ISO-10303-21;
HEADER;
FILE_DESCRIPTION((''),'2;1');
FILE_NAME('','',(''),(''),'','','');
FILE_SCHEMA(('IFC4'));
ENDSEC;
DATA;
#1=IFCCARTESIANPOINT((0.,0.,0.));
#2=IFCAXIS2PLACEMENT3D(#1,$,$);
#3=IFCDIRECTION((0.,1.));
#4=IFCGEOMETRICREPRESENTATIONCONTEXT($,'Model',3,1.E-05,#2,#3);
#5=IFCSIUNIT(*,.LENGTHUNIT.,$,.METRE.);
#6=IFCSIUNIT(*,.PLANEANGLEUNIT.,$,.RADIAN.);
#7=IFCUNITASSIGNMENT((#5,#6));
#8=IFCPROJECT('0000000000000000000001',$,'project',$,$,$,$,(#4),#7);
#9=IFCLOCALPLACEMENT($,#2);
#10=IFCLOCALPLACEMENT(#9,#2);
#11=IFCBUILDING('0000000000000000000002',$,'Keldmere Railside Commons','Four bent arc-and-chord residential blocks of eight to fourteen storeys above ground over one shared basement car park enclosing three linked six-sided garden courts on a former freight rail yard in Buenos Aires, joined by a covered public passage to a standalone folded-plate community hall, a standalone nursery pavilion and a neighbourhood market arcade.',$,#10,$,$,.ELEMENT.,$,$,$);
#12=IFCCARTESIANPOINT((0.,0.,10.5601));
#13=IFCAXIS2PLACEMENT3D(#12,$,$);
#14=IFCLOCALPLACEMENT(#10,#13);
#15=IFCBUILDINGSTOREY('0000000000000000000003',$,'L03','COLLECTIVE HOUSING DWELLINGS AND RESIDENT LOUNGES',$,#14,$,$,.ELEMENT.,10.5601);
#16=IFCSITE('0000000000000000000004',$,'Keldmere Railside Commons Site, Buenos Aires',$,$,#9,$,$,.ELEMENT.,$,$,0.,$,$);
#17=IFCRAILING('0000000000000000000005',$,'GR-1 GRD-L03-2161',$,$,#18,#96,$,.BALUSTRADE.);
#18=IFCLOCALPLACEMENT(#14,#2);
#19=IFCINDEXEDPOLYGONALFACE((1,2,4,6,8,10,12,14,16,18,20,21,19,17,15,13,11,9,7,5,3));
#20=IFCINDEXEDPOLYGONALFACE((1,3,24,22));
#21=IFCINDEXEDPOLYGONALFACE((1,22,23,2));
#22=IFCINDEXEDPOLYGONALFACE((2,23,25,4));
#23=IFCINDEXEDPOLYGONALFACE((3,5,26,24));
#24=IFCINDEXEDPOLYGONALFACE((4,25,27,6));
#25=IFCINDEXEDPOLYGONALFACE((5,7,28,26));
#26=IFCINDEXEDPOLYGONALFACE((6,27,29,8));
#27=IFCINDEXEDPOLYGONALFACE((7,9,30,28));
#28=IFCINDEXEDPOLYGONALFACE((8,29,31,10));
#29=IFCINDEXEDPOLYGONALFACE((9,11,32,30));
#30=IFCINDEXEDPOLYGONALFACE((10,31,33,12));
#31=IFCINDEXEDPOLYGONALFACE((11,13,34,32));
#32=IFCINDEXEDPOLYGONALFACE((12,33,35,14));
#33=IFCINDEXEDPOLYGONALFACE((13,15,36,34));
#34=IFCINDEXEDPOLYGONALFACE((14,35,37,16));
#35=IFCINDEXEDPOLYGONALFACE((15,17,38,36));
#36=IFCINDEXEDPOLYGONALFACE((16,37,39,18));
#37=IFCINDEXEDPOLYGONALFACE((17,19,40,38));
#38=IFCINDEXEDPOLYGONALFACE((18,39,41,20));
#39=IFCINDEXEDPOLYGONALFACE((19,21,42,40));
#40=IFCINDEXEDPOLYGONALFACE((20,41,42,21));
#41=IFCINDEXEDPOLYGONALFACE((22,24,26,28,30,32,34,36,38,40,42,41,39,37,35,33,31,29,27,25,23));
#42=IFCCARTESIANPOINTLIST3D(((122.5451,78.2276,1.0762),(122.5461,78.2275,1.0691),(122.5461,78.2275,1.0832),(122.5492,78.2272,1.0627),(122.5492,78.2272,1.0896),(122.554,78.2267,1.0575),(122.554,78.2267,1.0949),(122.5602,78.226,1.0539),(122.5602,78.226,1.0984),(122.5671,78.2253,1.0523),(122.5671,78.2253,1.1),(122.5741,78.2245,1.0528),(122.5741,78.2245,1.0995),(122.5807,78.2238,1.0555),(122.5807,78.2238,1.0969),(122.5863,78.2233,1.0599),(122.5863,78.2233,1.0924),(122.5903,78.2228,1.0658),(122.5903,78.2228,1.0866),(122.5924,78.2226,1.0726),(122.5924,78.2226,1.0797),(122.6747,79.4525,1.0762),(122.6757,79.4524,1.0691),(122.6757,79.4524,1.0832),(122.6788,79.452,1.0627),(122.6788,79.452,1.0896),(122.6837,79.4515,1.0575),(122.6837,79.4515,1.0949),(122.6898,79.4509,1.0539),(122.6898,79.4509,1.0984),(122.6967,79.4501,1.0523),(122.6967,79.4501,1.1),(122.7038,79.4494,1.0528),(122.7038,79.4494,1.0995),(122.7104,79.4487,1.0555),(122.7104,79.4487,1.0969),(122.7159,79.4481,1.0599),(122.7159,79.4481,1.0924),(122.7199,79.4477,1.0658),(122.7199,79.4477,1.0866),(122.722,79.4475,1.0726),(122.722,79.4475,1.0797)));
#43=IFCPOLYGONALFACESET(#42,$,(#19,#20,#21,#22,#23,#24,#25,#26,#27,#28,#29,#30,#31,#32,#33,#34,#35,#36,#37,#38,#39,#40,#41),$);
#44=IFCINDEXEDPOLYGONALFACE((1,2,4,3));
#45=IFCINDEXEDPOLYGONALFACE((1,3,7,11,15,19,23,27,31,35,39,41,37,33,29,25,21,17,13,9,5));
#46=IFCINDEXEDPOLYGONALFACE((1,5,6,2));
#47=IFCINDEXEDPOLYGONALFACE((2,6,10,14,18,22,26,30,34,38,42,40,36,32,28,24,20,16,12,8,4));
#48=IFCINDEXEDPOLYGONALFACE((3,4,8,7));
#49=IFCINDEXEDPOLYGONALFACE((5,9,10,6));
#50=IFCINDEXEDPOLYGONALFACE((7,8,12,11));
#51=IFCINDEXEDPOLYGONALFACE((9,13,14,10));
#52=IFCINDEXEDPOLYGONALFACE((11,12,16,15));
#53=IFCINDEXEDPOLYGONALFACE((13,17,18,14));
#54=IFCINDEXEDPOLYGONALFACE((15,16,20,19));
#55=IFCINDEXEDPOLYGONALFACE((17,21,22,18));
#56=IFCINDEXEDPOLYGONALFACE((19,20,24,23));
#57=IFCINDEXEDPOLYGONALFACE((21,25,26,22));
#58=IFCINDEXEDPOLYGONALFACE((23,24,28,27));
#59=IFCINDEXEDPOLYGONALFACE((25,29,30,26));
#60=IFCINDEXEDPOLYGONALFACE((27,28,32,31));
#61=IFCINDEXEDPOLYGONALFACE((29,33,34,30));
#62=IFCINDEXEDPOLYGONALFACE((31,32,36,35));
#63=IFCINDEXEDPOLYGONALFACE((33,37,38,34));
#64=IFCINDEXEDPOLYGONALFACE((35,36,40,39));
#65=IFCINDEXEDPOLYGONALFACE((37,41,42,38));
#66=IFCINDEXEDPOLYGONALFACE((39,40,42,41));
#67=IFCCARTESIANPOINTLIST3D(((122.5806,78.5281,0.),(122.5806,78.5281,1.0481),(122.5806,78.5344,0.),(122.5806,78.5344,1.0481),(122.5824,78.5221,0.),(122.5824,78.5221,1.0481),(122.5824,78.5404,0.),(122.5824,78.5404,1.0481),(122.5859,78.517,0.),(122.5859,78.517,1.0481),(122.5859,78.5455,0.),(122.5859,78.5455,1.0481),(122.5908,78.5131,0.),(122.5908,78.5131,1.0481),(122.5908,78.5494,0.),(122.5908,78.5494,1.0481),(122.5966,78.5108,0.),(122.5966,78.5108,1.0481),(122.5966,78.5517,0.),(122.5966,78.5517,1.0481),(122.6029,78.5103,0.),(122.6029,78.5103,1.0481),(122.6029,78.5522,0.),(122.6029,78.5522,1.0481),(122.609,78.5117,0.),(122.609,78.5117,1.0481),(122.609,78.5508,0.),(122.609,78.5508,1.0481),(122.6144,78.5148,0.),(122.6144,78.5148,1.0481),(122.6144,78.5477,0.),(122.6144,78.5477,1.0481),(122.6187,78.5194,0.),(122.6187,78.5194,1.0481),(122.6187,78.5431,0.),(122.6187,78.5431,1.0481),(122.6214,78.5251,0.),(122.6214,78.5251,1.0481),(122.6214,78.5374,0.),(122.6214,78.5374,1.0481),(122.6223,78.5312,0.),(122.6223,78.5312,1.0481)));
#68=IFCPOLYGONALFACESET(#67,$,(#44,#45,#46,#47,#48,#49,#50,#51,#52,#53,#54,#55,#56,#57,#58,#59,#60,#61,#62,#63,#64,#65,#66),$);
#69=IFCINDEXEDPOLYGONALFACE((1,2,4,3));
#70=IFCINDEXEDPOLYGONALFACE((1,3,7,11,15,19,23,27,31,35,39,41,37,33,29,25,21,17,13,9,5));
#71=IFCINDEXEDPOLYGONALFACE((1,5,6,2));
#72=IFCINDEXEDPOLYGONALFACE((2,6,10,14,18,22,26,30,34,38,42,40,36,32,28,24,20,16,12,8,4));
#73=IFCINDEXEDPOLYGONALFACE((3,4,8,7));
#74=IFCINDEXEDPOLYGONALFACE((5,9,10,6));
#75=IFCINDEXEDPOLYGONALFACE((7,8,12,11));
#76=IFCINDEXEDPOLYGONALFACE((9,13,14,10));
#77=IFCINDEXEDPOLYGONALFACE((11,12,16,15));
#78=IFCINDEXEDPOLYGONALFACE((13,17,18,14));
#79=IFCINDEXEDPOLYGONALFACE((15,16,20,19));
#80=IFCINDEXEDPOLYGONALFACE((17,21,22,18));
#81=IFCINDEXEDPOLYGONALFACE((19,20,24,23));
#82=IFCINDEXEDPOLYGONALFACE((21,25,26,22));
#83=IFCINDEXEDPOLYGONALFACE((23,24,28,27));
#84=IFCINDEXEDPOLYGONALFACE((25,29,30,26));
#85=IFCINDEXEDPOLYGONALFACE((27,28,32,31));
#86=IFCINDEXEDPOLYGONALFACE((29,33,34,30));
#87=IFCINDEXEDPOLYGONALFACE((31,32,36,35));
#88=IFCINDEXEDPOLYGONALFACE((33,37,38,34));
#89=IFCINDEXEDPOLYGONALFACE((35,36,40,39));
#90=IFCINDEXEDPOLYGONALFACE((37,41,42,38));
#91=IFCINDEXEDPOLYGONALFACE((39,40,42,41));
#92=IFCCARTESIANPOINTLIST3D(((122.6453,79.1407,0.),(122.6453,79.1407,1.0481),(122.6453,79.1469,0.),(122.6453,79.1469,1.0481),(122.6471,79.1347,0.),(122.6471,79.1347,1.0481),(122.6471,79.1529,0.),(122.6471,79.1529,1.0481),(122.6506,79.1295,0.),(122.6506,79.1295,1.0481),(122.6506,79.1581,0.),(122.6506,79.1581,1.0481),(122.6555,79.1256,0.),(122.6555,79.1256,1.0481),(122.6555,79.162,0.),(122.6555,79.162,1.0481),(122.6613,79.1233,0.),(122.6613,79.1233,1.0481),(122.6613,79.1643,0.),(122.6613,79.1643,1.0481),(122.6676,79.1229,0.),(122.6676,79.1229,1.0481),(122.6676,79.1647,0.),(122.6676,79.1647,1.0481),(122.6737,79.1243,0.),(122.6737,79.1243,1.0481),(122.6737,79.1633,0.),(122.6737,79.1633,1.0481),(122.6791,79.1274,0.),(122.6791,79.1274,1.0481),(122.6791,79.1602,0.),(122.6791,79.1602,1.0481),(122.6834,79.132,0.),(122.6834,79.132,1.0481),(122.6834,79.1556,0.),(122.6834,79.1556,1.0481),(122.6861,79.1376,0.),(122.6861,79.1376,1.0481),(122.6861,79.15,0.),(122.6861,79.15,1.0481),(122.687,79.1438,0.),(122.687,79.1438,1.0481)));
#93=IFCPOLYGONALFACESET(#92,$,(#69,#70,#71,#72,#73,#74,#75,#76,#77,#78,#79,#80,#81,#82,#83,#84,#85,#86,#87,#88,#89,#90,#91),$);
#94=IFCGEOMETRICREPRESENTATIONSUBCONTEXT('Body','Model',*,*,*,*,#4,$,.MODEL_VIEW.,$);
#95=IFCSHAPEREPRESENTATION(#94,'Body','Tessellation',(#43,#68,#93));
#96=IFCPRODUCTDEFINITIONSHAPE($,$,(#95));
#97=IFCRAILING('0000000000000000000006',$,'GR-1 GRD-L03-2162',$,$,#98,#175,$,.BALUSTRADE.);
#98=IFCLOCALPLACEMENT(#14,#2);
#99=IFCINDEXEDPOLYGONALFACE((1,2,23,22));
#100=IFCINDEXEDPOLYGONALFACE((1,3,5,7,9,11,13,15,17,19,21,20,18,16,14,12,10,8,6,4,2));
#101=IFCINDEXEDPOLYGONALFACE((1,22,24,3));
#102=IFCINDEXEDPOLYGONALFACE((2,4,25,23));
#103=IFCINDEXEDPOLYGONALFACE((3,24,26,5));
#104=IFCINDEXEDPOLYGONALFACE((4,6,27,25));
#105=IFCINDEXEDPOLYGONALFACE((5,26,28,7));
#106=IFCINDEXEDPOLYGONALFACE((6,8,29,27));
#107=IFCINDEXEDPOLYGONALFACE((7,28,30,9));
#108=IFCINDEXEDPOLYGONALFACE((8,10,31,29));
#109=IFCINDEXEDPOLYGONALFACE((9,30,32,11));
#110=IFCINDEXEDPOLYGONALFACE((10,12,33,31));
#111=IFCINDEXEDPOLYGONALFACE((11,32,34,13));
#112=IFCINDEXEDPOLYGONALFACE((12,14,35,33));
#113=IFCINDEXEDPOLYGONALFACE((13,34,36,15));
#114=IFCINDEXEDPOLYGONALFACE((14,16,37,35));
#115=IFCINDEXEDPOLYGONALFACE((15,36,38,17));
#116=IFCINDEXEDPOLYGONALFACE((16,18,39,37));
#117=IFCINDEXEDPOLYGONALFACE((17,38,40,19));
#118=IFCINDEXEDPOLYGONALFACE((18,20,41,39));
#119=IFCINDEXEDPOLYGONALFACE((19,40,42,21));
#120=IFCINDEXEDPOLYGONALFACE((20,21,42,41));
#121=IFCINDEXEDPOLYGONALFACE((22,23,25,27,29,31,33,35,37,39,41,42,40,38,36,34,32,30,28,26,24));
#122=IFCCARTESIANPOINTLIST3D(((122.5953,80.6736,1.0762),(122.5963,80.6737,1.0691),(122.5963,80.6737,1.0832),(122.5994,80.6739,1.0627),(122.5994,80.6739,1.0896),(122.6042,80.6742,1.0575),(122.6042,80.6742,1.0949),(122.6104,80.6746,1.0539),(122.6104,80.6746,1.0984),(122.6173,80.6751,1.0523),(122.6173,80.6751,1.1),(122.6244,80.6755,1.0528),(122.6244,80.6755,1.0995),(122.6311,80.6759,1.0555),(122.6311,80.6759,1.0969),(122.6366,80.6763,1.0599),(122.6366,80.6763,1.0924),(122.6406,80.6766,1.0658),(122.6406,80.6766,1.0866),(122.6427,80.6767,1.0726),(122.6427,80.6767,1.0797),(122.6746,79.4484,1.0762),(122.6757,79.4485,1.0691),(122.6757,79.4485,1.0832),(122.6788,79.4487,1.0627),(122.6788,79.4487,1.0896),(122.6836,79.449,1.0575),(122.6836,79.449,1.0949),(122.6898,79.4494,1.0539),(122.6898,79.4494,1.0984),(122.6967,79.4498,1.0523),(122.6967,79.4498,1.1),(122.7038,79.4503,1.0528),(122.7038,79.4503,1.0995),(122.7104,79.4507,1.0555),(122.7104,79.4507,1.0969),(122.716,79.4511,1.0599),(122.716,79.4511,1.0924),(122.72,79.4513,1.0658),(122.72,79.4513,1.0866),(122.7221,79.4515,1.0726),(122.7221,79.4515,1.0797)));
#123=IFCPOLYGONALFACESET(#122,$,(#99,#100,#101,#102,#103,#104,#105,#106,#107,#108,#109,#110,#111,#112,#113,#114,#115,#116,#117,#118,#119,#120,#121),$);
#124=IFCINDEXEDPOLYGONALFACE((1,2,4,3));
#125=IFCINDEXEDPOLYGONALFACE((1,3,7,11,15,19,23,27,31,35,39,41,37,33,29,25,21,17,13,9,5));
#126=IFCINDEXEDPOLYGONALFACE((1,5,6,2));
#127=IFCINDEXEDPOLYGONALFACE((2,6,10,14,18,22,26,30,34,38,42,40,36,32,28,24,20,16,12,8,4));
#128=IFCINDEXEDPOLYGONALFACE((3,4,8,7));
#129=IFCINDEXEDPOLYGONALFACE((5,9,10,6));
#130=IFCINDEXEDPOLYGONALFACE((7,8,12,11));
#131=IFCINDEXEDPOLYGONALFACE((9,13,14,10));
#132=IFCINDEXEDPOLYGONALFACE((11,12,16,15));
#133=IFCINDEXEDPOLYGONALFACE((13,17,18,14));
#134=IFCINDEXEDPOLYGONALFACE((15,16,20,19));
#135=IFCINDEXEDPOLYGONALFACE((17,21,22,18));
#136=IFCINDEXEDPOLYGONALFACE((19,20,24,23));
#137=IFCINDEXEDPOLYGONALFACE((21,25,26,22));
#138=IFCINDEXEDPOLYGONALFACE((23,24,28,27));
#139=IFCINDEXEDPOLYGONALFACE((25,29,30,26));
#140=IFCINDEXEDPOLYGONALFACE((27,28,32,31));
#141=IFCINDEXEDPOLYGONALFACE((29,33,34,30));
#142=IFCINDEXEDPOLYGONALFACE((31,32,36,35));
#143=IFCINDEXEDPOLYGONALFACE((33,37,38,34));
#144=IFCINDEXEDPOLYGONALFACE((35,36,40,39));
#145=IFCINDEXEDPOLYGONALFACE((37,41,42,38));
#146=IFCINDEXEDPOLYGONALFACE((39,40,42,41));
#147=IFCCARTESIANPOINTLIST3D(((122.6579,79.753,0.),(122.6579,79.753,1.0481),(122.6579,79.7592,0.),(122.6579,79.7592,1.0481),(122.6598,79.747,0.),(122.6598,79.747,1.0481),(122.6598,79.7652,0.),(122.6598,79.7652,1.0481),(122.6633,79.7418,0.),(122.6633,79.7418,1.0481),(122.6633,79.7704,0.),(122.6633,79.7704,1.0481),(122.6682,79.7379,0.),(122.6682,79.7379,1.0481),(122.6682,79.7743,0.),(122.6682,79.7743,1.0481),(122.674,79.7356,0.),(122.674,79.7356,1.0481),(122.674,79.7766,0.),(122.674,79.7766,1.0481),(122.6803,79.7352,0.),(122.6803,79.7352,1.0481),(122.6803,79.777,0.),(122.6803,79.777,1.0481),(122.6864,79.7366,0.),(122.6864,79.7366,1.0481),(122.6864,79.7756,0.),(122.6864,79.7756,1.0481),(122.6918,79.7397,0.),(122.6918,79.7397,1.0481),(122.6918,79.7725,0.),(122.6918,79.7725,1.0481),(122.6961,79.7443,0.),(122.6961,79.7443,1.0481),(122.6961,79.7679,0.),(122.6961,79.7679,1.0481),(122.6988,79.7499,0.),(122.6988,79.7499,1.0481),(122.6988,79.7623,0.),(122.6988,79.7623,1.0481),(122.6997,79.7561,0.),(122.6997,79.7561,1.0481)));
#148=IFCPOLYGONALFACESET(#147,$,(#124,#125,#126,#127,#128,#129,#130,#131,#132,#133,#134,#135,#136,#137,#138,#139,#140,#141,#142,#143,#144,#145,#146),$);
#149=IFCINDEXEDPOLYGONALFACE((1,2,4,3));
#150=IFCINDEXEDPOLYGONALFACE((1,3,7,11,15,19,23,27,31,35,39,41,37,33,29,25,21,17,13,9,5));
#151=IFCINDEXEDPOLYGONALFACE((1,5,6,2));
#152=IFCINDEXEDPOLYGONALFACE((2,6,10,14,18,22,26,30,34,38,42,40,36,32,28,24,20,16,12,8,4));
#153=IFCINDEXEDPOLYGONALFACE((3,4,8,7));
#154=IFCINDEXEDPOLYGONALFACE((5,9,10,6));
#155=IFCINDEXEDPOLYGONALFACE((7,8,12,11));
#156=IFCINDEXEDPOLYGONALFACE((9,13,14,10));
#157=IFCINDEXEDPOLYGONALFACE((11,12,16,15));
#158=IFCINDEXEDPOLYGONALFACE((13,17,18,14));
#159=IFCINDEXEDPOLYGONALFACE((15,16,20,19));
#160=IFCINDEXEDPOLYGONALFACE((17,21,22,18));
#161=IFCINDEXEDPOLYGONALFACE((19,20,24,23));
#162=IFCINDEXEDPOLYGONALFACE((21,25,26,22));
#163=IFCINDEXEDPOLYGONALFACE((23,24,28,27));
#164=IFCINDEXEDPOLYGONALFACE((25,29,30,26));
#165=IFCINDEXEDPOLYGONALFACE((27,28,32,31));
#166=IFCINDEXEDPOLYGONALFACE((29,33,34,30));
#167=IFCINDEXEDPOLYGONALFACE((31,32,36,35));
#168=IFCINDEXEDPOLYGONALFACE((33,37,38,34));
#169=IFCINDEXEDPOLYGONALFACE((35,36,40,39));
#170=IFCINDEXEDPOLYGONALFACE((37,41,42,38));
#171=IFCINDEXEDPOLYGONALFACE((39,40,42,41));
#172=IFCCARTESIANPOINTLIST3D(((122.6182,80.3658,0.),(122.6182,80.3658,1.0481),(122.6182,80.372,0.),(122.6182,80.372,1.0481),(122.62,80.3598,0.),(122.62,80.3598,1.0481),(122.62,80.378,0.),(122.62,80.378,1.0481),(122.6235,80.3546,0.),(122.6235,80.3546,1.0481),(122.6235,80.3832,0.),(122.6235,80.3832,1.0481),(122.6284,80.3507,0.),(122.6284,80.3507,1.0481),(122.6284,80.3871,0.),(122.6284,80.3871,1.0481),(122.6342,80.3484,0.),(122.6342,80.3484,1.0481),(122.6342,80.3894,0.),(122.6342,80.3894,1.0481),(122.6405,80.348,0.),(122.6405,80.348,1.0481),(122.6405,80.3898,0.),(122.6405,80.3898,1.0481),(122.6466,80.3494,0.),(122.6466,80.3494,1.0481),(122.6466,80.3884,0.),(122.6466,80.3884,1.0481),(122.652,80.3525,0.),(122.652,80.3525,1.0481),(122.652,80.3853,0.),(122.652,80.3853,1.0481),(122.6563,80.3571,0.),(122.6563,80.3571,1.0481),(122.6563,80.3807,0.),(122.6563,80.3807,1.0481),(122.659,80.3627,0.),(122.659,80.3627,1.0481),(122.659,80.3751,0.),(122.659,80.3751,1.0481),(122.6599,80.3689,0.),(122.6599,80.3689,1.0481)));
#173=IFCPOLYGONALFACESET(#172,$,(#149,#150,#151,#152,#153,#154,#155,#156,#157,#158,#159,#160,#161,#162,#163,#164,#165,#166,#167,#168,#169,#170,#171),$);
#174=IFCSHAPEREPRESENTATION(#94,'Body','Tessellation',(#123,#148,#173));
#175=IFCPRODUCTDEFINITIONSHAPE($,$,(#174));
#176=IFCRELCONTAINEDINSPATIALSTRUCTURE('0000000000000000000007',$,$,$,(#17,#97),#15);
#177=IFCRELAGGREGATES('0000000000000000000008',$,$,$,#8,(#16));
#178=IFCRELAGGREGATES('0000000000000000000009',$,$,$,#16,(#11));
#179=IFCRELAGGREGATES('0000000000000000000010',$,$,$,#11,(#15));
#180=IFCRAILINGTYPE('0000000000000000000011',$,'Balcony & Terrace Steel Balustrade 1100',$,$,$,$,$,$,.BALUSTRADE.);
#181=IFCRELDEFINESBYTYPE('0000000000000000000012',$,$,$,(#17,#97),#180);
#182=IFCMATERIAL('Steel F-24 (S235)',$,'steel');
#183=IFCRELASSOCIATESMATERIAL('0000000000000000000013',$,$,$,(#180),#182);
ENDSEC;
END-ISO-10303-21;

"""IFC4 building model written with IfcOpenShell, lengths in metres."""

from ifc_helpers import new_model, si_unit, direction, frame, origin, origin_2d, place, context, subcontext, project, spatial, circle, extrude, material, type_object, element, save


model = new_model("IFC4")

# Units and contexts
model_context = context("Model", 3, precision=1e-05, world=origin(), true_north=direction((0.0, 1.0)))
body_context = subcontext(model_context, "Body", "Model", "MODEL_VIEW")
ifc_project = project(units=[si_unit("LENGTHUNIT", "METRE"), si_unit("PLANEANGLEUNIT", "RADIAN")], contexts=[model_context])

# Site, building, storey
site_placement = place(None, origin())
site = spatial("IfcSite", under=ifc_project, at=site_placement, Name="Keldmere Railside Commons Site, Buenos Aires", CompositionType="ELEMENT", RefElevation=0.0)
building_placement = place(site_placement, origin())
building = spatial("IfcBuilding", under=site, at=building_placement, Name="Keldmere Railside Commons", Description="Four bent arc-and-chord residential blocks of eight to fourteen storeys above ground over one shared basement car park enclosing three linked six-sided garden courts on a former freight rail yard in Buenos Aires, joined by a covered public passage to a standalone folded-plate community hall, a standalone nursery pavilion and a neighbourhood market arcade.", CompositionType="ELEMENT")
storey_placement = place(building_placement, frame((0.0, 0.0, 10.5601)))
storey = spatial("IfcBuildingStorey", under=building, at=storey_placement, Name="L03", Description="COLLECTIVE HOUSING DWELLINGS AND RESIDENT LOUNGES", CompositionType="ELEMENT", Elevation=10.5601)

# Railings
ifc_material_1 = material(Name="Steel F-24 (S235)", Category="steel")
railing_type = type_object("IfcRailingType", Name="Balcony & Terrace Steel Balustrade 1100", PredefinedType="BALUSTRADE", material=ifc_material_1)
railing_1_placement = place(storey_placement, frame((122.5688, 78.2251, 0.0)))
element("IfcRailing", 1, at=railing_1_placement, inside=storey, type_object=railing_type, Name="GR-1 GRD-L03-2161", PredefinedType="BALUSTRADE", context=body_context, shape_type="SweptSolid", body=[
    extrude(circle(Radius=0.0239, at=origin_2d()), frame((0.0, 0.0, 1.0762), z_axis=(0.105252, 0.994446, 0.0), x_axis=(-0.994446, 0.105252, 0.0)), (0.0, 0.0, 1.0), 1.2317),
    extrude(circle(Radius=0.021, at=origin_2d()), frame((0.0325, 0.3062, 0.0)), (0.0, 0.0, 1.0), 1.0481),
    extrude(circle(Radius=0.021, at=origin_2d()), frame((0.0972, 0.9187, 0.0)), (0.0, 0.0, 1.0), 1.0481),
])
railing_2_placement = place(storey_placement, frame((122.6985, 79.45, 0.0)))
element("IfcRailing", 2, at=railing_2_placement, inside=storey, type_object=railing_type, Name="GR-1 GRD-L03-2162", PredefinedType="BALUSTRADE", context=body_context, shape_type="SweptSolid", body=[
    extrude(circle(Radius=0.0239, at=origin_2d()), frame((0.0, 0.0, 1.0762), z_axis=(-0.064631, 0.997909, 0.0), x_axis=(-0.997909, -0.064631, 0.0)), (0.0, 0.0, 1.0), 1.2278),
    extrude(circle(Radius=0.021, at=origin_2d()), frame((-0.0198, 0.3062, 0.0)), (0.0, 0.0, 1.0), 1.0481),
    extrude(circle(Radius=0.021, at=origin_2d()), frame((-0.0596, 0.9189, 0.0)), (0.0, 0.0, 1.0), 1.0481),
])

save(model, "model.ifc")
